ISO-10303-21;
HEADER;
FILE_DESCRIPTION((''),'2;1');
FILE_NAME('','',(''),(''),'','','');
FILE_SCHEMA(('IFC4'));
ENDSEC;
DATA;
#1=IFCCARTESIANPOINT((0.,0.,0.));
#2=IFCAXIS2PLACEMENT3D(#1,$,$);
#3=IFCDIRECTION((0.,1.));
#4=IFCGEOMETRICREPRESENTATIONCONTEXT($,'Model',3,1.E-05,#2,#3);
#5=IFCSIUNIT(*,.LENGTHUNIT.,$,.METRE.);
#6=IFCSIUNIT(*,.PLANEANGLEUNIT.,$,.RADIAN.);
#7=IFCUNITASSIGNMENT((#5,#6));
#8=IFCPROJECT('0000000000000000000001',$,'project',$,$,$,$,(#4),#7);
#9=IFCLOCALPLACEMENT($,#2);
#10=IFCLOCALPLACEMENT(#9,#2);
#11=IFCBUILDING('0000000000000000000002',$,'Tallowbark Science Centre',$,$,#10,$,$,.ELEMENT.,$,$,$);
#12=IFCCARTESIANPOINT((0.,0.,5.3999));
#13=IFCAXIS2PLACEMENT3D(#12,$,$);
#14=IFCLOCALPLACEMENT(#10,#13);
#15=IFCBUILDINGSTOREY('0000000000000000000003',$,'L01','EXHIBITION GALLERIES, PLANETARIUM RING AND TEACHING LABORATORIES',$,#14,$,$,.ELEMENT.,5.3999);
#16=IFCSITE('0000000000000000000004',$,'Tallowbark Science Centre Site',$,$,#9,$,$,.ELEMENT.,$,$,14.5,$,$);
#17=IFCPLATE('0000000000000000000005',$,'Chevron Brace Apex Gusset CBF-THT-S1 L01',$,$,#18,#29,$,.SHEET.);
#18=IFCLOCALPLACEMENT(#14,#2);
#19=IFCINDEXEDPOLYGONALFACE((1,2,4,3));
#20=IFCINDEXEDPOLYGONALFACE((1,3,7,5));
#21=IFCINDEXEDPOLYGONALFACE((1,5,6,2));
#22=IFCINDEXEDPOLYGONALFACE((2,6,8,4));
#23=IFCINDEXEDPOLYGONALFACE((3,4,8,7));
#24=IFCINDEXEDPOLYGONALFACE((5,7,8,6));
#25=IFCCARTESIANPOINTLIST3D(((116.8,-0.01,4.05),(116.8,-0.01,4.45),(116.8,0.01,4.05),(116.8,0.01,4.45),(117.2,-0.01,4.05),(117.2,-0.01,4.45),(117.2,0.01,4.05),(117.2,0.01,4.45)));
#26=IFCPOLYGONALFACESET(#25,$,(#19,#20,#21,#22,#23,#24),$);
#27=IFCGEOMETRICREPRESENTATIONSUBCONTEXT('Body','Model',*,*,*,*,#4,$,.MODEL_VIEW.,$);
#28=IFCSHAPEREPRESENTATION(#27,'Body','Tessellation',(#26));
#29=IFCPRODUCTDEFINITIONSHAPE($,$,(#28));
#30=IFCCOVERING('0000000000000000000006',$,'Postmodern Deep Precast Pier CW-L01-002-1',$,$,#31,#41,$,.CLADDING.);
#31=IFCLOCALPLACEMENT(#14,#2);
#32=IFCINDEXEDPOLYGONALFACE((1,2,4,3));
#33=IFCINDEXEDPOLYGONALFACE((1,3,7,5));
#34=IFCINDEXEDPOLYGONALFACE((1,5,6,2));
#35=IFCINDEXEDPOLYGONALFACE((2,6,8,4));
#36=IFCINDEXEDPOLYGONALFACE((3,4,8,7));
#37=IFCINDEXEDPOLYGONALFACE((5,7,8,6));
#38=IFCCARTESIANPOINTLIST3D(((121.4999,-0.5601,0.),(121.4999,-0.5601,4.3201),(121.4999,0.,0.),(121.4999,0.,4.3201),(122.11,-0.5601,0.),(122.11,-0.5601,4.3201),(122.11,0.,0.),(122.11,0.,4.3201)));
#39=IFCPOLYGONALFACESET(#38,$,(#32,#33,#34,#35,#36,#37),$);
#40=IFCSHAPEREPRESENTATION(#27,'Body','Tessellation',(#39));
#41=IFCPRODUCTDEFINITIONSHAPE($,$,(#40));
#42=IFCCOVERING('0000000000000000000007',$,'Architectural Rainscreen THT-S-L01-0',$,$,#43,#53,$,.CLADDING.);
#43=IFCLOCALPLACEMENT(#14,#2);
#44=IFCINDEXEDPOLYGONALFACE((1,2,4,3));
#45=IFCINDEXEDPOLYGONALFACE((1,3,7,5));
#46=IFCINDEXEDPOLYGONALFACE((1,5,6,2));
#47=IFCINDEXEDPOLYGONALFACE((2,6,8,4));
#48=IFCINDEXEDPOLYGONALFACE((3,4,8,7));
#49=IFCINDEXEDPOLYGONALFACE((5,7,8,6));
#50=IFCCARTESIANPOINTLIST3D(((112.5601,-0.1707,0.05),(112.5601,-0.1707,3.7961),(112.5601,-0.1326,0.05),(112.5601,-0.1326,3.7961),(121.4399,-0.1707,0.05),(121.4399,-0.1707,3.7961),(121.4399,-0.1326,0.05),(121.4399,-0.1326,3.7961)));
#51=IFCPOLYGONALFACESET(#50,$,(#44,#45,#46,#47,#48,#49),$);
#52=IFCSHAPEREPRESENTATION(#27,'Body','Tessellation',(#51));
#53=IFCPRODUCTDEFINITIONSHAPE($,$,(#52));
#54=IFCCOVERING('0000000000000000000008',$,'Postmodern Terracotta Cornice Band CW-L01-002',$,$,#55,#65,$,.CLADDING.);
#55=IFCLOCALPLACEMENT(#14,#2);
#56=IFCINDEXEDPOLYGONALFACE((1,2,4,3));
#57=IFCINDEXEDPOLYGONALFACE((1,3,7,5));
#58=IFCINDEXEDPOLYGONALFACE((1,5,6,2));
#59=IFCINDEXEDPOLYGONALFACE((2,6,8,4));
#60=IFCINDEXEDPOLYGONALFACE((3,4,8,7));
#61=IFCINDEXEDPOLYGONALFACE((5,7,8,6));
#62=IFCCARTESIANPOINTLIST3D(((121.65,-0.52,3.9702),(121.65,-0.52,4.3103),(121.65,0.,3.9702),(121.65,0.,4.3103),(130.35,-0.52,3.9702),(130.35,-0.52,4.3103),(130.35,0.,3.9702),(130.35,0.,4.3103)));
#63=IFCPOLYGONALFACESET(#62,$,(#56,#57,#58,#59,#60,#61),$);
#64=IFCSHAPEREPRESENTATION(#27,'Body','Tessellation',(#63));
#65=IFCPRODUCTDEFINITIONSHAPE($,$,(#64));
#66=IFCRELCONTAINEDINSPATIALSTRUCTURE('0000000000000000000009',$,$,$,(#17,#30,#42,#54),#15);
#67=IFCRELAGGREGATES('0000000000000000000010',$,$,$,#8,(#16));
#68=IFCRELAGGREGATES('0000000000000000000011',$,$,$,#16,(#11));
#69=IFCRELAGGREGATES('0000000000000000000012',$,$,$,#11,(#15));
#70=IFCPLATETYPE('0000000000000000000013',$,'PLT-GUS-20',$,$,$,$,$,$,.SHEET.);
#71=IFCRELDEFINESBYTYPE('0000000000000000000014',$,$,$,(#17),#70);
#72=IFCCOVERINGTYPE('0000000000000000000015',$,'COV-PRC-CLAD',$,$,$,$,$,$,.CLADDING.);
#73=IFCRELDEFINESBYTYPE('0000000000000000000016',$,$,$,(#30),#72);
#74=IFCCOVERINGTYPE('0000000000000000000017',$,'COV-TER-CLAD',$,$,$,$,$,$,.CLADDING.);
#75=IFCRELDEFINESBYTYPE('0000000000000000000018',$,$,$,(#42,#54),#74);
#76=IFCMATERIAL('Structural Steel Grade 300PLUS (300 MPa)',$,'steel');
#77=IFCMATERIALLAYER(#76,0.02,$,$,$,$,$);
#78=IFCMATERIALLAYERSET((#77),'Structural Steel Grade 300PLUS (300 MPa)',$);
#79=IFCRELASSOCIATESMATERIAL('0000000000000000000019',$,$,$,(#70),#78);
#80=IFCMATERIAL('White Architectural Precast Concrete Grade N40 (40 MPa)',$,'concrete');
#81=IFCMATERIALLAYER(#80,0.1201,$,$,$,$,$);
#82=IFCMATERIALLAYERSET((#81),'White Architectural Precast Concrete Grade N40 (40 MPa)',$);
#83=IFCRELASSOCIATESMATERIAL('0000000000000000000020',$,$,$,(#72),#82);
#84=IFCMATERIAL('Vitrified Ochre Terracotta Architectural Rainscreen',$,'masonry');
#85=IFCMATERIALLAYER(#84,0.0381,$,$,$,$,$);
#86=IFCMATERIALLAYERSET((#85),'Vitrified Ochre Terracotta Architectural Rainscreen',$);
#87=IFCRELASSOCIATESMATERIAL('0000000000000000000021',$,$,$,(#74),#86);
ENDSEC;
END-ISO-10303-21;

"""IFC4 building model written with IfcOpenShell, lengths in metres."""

from ifc_helpers import new_model, si_unit, direction, frame, origin, origin_2d, place, context, subcontext, project, spatial, rectangle, extrude, material, layer, layer_set, type_object, element, save


model = new_model("IFC4")

# Units and contexts
model_context = context("Model", 3, precision=1e-05, world=origin(), true_north=direction((0.0, 1.0)))
body_context = subcontext(model_context, "Body", "Model", "MODEL_VIEW")
ifc_project = project(units=[si_unit("LENGTHUNIT", "METRE"), si_unit("PLANEANGLEUNIT", "RADIAN")], contexts=[model_context])

# Site, building, storey
site_placement = place(None, origin())
site = spatial("IfcSite", under=ifc_project, at=site_placement, Name="Tallowbark Science Centre Site", CompositionType="ELEMENT", RefElevation=14.5)
building_placement = place(site_placement, origin())
building = spatial("IfcBuilding", under=site, at=building_placement, Name="Tallowbark Science Centre", CompositionType="ELEMENT")
storey_placement = place(building_placement, frame((0.0, 0.0, 5.3999)))
storey = spatial("IfcBuildingStorey", under=building, at=storey_placement, Name="L01", Description="EXHIBITION GALLERIES, PLANETARIUM RING AND TEACHING LABORATORIES", CompositionType="ELEMENT", Elevation=5.3999)

# Shared definitions
ifc_material_1 = material(Name="Structural Steel Grade 300PLUS (300 MPa)", Category="steel")

# Plate
ifc_layer_1 = layer(ifc_material_1, 0.02)
ifc_layer_set_1 = layer_set([ifc_layer_1], Name="Structural Steel Grade 300PLUS (300 MPa)")
plate_type_1 = type_object("IfcPlateType", Name="PLT-GUS-20", PredefinedType="SHEET", material=ifc_layer_set_1)
plate_1_placement = place(storey_placement, frame((117.0, 0.0, 4.05), z_axis=(0.0, 0.0, 1.0), x_axis=(1.0, 0.0, 0.0)))
element("IfcPlate", 1, at=plate_1_placement, inside=storey, type_object=plate_type_1, Name="Chevron Brace Apex Gusset CBF-THT-S1 L01", PredefinedType="SHEET", context=body_context, shape_type="SweptSolid", body=[
    extrude(rectangle(XDim=0.3999, YDim=0.02, at=origin_2d()), origin(), (0.0, 0.0, 1.0), 0.3999),
])

# Coverings
ifc_material_2 = material(Name="White Architectural Precast Concrete Grade N40 (40 MPa)", Category="concrete")
ifc_layer_2 = layer(ifc_material_2, 0.1201)
ifc_layer_set_2 = layer_set([ifc_layer_2], Name="White Architectural Precast Concrete Grade N40 (40 MPa)")
covering_type_1 = type_object("IfcCoveringType", Name="COV-PRC-CLAD", PredefinedType="CLADDING", material=ifc_layer_set_2)
covering_1_placement = place(storey_placement, frame((121.8049, -0.28, 0.0), z_axis=(0.0, 0.0, 1.0), x_axis=(1.0, 0.0, 0.0)))
element("IfcCovering", 2, at=covering_1_placement, inside=storey, type_object=covering_type_1, Name="Postmodern Deep Precast Pier CW-L01-002-1", PredefinedType="CLADDING", context=body_context, shape_type="SweptSolid", body=[
    extrude(rectangle(XDim=0.6101, YDim=0.5601, at=origin_2d()), origin(), (0.0, 0.0, 1.0), 4.3201),
])
ifc_material_3 = material(Name="Vitrified Ochre Terracotta Architectural Rainscreen", Category="masonry")
ifc_layer_3 = layer(ifc_material_3, 0.0381)
ifc_layer_set_3 = layer_set([ifc_layer_3], Name="Vitrified Ochre Terracotta Architectural Rainscreen")
covering_type_2 = type_object("IfcCoveringType", Name="COV-TER-CLAD", PredefinedType="CLADDING", material=ifc_layer_set_3)
covering_2_placement = place(storey_placement, frame((117.0, -0.1516, 0.05), z_axis=(0.0, 0.0, 1.0), x_axis=(1.0, 0.0, 0.0)))
element("IfcCovering", 3, at=covering_2_placement, inside=storey, type_object=covering_type_2, Name="Architectural Rainscreen THT-S-L01-0", PredefinedType="CLADDING", context=body_context, shape_type="SweptSolid", body=[
    extrude(rectangle(XDim=8.8799, YDim=0.0381, at=origin_2d()), origin(), (0.0, 0.0, 1.0), 3.7461),
])
covering_3_placement = place(storey_placement, frame((126.0, -0.26, 3.9702), z_axis=(0.0, 0.0, 1.0), x_axis=(1.0, 0.0, 0.0)))
element("IfcCovering", 4, at=covering_3_placement, inside=storey, type_object=covering_type_2, Name="Postmodern Terracotta Cornice Band CW-L01-002", PredefinedType="CLADDING", context=body_context, shape_type="SweptSolid", body=[
    extrude(rectangle(XDim=8.7, YDim=0.52, at=origin_2d()), origin(), (0.0, 0.0, 1.0), 0.3401),
])

save(model, "model.ifc")
